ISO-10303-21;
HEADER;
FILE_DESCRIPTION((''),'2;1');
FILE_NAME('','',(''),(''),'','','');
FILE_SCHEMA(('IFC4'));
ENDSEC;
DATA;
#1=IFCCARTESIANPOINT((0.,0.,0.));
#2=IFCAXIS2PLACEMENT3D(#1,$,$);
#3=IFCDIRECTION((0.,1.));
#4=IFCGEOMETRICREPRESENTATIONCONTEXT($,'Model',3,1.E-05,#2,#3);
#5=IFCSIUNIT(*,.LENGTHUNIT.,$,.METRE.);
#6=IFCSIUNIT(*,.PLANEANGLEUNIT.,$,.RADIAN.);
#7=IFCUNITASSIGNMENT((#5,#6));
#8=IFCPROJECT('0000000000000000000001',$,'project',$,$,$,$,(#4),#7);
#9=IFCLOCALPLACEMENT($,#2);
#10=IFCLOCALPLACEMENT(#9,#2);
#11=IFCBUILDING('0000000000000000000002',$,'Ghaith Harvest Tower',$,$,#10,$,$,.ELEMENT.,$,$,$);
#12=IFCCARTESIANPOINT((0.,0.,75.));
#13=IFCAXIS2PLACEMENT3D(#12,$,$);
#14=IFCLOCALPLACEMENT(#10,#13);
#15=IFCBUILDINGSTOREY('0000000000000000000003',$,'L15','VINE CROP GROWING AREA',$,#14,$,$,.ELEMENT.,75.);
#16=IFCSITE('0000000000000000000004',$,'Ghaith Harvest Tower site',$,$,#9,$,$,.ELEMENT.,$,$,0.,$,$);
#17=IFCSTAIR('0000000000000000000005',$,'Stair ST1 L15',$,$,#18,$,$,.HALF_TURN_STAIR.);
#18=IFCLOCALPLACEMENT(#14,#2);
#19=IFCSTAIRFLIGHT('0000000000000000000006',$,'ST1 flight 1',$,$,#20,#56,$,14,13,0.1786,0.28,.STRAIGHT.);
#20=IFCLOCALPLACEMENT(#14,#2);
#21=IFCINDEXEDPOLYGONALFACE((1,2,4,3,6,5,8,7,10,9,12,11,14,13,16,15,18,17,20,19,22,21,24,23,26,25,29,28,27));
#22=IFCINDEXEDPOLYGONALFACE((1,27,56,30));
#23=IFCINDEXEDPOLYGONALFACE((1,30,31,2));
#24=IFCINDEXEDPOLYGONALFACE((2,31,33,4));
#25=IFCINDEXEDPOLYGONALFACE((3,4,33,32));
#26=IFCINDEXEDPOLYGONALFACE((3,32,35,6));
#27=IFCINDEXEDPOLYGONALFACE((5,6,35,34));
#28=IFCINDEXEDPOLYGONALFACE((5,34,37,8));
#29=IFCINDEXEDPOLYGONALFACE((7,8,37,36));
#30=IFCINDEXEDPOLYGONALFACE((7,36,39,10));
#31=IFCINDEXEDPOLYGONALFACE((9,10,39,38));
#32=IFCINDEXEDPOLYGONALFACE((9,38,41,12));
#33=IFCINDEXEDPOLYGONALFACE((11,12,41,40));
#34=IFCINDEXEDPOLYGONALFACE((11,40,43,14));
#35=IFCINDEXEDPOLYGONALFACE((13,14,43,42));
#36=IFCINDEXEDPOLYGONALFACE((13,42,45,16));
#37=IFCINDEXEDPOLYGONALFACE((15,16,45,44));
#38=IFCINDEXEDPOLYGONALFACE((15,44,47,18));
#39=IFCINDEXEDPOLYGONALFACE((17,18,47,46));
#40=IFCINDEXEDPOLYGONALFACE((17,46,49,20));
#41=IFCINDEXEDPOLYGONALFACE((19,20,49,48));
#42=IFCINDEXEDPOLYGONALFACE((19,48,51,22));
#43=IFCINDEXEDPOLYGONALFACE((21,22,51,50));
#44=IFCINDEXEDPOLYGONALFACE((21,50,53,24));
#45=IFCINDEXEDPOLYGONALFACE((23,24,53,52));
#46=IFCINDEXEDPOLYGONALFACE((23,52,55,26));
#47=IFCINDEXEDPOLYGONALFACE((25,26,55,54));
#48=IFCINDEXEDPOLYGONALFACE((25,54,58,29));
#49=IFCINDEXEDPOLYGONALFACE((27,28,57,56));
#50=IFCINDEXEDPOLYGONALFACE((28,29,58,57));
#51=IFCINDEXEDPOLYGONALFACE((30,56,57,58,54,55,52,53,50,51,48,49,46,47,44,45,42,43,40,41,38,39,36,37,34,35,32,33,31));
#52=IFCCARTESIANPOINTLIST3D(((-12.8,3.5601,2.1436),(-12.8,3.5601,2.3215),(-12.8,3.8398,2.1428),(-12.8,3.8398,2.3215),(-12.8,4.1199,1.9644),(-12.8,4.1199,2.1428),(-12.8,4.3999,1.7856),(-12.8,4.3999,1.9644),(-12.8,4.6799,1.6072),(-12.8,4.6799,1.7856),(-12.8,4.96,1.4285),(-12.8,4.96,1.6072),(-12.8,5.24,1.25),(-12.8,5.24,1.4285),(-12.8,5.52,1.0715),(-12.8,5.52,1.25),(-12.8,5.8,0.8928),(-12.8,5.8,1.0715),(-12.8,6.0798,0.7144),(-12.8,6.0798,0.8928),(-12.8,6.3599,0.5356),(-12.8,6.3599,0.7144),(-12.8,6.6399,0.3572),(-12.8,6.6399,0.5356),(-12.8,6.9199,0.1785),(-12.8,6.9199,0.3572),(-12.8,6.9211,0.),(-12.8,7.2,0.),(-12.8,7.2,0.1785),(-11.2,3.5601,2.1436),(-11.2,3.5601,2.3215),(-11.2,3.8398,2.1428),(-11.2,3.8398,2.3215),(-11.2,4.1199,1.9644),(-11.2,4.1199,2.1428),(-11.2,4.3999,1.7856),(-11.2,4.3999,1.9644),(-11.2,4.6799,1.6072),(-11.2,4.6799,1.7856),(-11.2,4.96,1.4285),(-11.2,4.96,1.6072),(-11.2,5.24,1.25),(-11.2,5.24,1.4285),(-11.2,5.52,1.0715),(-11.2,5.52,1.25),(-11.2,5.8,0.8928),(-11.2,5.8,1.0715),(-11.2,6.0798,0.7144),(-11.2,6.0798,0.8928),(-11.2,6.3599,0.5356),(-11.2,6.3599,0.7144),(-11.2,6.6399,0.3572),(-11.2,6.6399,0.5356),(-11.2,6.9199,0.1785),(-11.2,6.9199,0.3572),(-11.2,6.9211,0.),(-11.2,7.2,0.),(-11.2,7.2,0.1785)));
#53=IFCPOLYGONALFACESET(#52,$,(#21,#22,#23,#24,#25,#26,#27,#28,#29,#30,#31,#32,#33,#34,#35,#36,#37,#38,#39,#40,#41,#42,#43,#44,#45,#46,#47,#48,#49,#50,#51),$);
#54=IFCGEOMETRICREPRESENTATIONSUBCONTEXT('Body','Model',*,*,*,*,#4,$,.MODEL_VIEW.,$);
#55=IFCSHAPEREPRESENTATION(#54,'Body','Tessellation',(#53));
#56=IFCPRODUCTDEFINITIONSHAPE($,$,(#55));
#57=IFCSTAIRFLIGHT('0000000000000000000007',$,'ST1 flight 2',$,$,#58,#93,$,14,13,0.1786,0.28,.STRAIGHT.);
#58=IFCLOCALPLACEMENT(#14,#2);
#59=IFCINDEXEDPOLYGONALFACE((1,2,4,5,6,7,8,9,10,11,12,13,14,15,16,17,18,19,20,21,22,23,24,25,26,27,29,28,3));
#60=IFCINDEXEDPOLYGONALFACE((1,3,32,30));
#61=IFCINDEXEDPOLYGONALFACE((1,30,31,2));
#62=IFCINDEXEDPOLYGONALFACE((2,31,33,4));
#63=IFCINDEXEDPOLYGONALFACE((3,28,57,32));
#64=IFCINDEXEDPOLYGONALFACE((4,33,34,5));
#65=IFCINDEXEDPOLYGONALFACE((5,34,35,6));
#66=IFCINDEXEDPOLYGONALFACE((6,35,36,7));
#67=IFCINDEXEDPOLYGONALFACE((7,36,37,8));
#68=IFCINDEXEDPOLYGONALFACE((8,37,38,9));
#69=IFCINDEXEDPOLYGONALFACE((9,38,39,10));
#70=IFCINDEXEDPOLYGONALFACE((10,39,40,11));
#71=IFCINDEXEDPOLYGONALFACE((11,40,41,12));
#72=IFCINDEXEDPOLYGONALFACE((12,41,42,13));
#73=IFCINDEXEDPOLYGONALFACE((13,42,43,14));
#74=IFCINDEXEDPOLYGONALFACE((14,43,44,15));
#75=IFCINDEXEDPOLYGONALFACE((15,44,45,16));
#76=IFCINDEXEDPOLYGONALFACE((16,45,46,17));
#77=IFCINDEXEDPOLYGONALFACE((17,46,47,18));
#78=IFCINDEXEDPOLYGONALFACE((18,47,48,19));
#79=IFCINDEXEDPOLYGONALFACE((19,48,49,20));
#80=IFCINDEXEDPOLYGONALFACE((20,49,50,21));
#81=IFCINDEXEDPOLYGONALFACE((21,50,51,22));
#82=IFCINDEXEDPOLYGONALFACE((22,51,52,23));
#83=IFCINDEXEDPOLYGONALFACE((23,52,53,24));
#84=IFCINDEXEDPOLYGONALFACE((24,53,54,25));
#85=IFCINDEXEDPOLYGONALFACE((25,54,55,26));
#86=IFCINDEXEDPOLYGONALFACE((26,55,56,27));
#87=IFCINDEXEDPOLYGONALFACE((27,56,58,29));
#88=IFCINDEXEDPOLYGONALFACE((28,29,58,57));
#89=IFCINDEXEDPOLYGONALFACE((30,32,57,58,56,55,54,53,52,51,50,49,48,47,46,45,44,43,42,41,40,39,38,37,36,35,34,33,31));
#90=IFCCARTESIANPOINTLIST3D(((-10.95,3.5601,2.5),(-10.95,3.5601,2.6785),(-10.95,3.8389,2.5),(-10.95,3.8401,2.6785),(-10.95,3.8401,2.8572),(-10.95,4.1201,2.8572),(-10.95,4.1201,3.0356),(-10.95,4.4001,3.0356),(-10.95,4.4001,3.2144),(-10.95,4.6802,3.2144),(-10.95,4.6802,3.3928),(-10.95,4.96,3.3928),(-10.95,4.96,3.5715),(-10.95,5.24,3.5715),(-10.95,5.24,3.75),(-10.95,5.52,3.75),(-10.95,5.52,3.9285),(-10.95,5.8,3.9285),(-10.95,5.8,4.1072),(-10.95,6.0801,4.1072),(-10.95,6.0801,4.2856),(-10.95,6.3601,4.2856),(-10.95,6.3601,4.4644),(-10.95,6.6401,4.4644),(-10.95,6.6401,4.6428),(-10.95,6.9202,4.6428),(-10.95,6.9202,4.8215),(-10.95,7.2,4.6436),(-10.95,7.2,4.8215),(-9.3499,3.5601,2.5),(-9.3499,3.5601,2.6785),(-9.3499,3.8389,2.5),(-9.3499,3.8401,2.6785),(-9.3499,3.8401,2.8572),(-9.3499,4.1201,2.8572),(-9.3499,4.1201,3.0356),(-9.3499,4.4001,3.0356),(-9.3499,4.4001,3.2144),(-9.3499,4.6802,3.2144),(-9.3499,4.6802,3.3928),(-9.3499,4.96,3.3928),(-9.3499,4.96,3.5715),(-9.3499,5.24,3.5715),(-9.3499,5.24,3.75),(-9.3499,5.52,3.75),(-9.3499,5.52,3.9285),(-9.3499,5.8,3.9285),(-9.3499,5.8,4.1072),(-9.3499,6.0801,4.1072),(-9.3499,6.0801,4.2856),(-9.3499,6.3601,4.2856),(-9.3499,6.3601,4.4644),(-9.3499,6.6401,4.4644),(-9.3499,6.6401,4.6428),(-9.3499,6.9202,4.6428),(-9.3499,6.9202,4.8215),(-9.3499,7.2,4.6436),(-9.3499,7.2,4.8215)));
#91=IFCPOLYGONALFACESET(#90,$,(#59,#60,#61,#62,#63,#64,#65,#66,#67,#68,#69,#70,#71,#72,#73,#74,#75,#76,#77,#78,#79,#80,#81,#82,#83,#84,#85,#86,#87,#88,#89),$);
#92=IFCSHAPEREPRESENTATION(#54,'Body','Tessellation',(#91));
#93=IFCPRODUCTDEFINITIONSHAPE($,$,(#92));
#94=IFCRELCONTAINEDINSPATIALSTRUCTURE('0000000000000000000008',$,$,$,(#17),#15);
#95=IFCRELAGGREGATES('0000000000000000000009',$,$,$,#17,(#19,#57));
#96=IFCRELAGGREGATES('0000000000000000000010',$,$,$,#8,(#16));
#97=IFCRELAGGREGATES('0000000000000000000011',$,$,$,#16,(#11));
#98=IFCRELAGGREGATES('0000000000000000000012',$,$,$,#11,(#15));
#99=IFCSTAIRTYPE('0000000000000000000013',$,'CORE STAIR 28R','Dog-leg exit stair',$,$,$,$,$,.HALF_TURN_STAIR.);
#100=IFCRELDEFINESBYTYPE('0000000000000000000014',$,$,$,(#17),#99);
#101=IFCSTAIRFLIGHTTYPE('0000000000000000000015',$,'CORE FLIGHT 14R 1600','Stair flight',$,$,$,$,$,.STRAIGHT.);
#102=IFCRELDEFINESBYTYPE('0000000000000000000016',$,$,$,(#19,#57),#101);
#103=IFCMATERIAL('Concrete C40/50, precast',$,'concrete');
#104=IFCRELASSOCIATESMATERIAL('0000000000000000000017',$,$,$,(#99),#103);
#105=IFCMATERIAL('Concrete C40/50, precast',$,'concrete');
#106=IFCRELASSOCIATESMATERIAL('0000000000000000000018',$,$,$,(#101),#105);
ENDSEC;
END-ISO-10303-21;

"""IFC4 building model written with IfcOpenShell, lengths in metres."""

from ifc_helpers import new_model, si_unit, direction, frame, origin, place, context, subcontext, project, spatial, polyline, outline, extrude, material, type_object, element, aggregate, save


model = new_model("IFC4")

# Units and contexts
model_context = context("Model", 3, precision=1e-05, world=origin(), true_north=direction((0.0, 1.0)))
body_context = subcontext(model_context, "Body", "Model", "MODEL_VIEW")
ifc_project = project(units=[si_unit("LENGTHUNIT", "METRE"), si_unit("PLANEANGLEUNIT", "RADIAN")], contexts=[model_context])

# Site, building, storey
site_placement = place(None, origin())
site = spatial("IfcSite", under=ifc_project, at=site_placement, Name="Ghaith Harvest Tower site", CompositionType="ELEMENT", RefElevation=0.0)
building_placement = place(site_placement, origin())
building = spatial("IfcBuilding", under=site, at=building_placement, Name="Ghaith Harvest Tower", CompositionType="ELEMENT")
storey_placement = place(building_placement, frame((0.0, 0.0, 75.0)))
storey = spatial("IfcBuildingStorey", under=building, at=storey_placement, Name="L15", Description="VINE CROP GROWING AREA", CompositionType="ELEMENT", Elevation=75.0)

# Stair, stair flights
ifc_material_1 = material(Name="Concrete C40/50, precast", Category="concrete")
stair_type = type_object("IfcStairType", Name="CORE STAIR 28R", Description="Dog-leg exit stair", PredefinedType="HALF_TURN_STAIR", material=ifc_material_1)
stair_placement = place(storey_placement, origin())
stair = element("IfcStair", 1, at=stair_placement, inside=storey, type_object=stair_type, Name="Stair ST1 L15", PredefinedType="HALF_TURN_STAIR")
ifc_material_2 = material(Name="Concrete C40/50, precast", Category="concrete")
stair_flight_type = type_object("IfcStairFlightType", Name="CORE FLIGHT 14R 1600", Description="Stair flight", PredefinedType="STRAIGHT", material=ifc_material_2)
stair_flight_1_placement = place(storey_placement, frame((-12.0, 7.2, 0.0), z_axis=(0.0, 0.0, 1.0), x_axis=(0.0, -1.0, 0.0)))
stair_flight_1 = element("IfcStairFlight", 2, at=stair_flight_1_placement, type_object=stair_flight_type, Name="ST1 flight 1", NumberOfRisers=14, NumberOfTreads=13, PredefinedType="STRAIGHT", RiserHeight=0.1786, TreadLength=0.28, context=body_context, shape_type="SweptSolid", body=[
    extrude(outline(polyline([(0.0, 0.0), (0.0, 0.1785), (0.28, 0.1785), (0.28, 0.3572), (0.5601, 0.3572), (0.5601, 0.5356), (0.8401, 0.5356), (0.8401, 0.7144), (1.1201, 0.7144), (1.1201, 0.8928), (1.3999, 0.8928), (1.3999, 1.0715), (1.6799, 1.0715), (1.6799, 1.25), (1.96, 1.25), (1.96, 1.4285), (2.24, 1.4285), (2.24, 1.6072), (2.52, 1.6072), (2.52, 1.7856), (2.8, 1.7856), (2.8, 1.9644), (3.0801, 1.9644), (3.0801, 2.1428), (3.3601, 2.1428), (3.3601, 2.3215), (3.6399, 2.3215), (3.6399, 2.5), (3.6399, 2.1436), (0.2788, 0.0), (0.0, 0.0)])), frame((0.0, 0.8, 0.0), z_axis=(0.0, -1.0, 0.0), x_axis=(1.0, 0.0, 0.0)), (0.0, 0.0, 1.0), 1.6001),
])
stair_flight_2_placement = place(storey_placement, frame((-10.1499, 3.5601, 2.5), z_axis=(0.0, 0.0, 1.0), x_axis=(0.0, 1.0, 0.0)))
stair_flight_2 = element("IfcStairFlight", 3, at=stair_flight_2_placement, type_object=stair_flight_type, Name="ST1 flight 2", NumberOfRisers=14, NumberOfTreads=13, PredefinedType="STRAIGHT", RiserHeight=0.1786, TreadLength=0.28, context=body_context, shape_type="SweptSolid", body=[
    extrude(outline(polyline([(0.0, 0.0), (0.0, 0.1785), (0.28, 0.1785), (0.28, 0.3572), (0.5601, 0.3572), (0.5601, 0.5356), (0.8401, 0.5356), (0.8401, 0.7144), (1.1201, 0.7144), (1.1201, 0.8928), (1.3999, 0.8928), (1.3999, 1.0715), (1.6799, 1.0715), (1.6799, 1.25), (1.96, 1.25), (1.96, 1.4285), (2.24, 1.4285), (2.24, 1.6072), (2.52, 1.6072), (2.52, 1.7856), (2.8, 1.7856), (2.8, 1.9644), (3.0801, 1.9644), (3.0801, 2.1428), (3.3601, 2.1428), (3.3601, 2.3215), (3.6399, 2.3215), (3.6399, 2.5), (3.6399, 2.1436), (0.2788, 0.0), (0.0, 0.0)])), frame((0.0, 0.8, 0.0), z_axis=(0.0, -1.0, 0.0), x_axis=(1.0, 0.0, 0.0)), (0.0, 0.0, 1.0), 1.6001),
])
aggregate(stair, [stair_flight_1, stair_flight_2])

save(model, "model.ifc")
